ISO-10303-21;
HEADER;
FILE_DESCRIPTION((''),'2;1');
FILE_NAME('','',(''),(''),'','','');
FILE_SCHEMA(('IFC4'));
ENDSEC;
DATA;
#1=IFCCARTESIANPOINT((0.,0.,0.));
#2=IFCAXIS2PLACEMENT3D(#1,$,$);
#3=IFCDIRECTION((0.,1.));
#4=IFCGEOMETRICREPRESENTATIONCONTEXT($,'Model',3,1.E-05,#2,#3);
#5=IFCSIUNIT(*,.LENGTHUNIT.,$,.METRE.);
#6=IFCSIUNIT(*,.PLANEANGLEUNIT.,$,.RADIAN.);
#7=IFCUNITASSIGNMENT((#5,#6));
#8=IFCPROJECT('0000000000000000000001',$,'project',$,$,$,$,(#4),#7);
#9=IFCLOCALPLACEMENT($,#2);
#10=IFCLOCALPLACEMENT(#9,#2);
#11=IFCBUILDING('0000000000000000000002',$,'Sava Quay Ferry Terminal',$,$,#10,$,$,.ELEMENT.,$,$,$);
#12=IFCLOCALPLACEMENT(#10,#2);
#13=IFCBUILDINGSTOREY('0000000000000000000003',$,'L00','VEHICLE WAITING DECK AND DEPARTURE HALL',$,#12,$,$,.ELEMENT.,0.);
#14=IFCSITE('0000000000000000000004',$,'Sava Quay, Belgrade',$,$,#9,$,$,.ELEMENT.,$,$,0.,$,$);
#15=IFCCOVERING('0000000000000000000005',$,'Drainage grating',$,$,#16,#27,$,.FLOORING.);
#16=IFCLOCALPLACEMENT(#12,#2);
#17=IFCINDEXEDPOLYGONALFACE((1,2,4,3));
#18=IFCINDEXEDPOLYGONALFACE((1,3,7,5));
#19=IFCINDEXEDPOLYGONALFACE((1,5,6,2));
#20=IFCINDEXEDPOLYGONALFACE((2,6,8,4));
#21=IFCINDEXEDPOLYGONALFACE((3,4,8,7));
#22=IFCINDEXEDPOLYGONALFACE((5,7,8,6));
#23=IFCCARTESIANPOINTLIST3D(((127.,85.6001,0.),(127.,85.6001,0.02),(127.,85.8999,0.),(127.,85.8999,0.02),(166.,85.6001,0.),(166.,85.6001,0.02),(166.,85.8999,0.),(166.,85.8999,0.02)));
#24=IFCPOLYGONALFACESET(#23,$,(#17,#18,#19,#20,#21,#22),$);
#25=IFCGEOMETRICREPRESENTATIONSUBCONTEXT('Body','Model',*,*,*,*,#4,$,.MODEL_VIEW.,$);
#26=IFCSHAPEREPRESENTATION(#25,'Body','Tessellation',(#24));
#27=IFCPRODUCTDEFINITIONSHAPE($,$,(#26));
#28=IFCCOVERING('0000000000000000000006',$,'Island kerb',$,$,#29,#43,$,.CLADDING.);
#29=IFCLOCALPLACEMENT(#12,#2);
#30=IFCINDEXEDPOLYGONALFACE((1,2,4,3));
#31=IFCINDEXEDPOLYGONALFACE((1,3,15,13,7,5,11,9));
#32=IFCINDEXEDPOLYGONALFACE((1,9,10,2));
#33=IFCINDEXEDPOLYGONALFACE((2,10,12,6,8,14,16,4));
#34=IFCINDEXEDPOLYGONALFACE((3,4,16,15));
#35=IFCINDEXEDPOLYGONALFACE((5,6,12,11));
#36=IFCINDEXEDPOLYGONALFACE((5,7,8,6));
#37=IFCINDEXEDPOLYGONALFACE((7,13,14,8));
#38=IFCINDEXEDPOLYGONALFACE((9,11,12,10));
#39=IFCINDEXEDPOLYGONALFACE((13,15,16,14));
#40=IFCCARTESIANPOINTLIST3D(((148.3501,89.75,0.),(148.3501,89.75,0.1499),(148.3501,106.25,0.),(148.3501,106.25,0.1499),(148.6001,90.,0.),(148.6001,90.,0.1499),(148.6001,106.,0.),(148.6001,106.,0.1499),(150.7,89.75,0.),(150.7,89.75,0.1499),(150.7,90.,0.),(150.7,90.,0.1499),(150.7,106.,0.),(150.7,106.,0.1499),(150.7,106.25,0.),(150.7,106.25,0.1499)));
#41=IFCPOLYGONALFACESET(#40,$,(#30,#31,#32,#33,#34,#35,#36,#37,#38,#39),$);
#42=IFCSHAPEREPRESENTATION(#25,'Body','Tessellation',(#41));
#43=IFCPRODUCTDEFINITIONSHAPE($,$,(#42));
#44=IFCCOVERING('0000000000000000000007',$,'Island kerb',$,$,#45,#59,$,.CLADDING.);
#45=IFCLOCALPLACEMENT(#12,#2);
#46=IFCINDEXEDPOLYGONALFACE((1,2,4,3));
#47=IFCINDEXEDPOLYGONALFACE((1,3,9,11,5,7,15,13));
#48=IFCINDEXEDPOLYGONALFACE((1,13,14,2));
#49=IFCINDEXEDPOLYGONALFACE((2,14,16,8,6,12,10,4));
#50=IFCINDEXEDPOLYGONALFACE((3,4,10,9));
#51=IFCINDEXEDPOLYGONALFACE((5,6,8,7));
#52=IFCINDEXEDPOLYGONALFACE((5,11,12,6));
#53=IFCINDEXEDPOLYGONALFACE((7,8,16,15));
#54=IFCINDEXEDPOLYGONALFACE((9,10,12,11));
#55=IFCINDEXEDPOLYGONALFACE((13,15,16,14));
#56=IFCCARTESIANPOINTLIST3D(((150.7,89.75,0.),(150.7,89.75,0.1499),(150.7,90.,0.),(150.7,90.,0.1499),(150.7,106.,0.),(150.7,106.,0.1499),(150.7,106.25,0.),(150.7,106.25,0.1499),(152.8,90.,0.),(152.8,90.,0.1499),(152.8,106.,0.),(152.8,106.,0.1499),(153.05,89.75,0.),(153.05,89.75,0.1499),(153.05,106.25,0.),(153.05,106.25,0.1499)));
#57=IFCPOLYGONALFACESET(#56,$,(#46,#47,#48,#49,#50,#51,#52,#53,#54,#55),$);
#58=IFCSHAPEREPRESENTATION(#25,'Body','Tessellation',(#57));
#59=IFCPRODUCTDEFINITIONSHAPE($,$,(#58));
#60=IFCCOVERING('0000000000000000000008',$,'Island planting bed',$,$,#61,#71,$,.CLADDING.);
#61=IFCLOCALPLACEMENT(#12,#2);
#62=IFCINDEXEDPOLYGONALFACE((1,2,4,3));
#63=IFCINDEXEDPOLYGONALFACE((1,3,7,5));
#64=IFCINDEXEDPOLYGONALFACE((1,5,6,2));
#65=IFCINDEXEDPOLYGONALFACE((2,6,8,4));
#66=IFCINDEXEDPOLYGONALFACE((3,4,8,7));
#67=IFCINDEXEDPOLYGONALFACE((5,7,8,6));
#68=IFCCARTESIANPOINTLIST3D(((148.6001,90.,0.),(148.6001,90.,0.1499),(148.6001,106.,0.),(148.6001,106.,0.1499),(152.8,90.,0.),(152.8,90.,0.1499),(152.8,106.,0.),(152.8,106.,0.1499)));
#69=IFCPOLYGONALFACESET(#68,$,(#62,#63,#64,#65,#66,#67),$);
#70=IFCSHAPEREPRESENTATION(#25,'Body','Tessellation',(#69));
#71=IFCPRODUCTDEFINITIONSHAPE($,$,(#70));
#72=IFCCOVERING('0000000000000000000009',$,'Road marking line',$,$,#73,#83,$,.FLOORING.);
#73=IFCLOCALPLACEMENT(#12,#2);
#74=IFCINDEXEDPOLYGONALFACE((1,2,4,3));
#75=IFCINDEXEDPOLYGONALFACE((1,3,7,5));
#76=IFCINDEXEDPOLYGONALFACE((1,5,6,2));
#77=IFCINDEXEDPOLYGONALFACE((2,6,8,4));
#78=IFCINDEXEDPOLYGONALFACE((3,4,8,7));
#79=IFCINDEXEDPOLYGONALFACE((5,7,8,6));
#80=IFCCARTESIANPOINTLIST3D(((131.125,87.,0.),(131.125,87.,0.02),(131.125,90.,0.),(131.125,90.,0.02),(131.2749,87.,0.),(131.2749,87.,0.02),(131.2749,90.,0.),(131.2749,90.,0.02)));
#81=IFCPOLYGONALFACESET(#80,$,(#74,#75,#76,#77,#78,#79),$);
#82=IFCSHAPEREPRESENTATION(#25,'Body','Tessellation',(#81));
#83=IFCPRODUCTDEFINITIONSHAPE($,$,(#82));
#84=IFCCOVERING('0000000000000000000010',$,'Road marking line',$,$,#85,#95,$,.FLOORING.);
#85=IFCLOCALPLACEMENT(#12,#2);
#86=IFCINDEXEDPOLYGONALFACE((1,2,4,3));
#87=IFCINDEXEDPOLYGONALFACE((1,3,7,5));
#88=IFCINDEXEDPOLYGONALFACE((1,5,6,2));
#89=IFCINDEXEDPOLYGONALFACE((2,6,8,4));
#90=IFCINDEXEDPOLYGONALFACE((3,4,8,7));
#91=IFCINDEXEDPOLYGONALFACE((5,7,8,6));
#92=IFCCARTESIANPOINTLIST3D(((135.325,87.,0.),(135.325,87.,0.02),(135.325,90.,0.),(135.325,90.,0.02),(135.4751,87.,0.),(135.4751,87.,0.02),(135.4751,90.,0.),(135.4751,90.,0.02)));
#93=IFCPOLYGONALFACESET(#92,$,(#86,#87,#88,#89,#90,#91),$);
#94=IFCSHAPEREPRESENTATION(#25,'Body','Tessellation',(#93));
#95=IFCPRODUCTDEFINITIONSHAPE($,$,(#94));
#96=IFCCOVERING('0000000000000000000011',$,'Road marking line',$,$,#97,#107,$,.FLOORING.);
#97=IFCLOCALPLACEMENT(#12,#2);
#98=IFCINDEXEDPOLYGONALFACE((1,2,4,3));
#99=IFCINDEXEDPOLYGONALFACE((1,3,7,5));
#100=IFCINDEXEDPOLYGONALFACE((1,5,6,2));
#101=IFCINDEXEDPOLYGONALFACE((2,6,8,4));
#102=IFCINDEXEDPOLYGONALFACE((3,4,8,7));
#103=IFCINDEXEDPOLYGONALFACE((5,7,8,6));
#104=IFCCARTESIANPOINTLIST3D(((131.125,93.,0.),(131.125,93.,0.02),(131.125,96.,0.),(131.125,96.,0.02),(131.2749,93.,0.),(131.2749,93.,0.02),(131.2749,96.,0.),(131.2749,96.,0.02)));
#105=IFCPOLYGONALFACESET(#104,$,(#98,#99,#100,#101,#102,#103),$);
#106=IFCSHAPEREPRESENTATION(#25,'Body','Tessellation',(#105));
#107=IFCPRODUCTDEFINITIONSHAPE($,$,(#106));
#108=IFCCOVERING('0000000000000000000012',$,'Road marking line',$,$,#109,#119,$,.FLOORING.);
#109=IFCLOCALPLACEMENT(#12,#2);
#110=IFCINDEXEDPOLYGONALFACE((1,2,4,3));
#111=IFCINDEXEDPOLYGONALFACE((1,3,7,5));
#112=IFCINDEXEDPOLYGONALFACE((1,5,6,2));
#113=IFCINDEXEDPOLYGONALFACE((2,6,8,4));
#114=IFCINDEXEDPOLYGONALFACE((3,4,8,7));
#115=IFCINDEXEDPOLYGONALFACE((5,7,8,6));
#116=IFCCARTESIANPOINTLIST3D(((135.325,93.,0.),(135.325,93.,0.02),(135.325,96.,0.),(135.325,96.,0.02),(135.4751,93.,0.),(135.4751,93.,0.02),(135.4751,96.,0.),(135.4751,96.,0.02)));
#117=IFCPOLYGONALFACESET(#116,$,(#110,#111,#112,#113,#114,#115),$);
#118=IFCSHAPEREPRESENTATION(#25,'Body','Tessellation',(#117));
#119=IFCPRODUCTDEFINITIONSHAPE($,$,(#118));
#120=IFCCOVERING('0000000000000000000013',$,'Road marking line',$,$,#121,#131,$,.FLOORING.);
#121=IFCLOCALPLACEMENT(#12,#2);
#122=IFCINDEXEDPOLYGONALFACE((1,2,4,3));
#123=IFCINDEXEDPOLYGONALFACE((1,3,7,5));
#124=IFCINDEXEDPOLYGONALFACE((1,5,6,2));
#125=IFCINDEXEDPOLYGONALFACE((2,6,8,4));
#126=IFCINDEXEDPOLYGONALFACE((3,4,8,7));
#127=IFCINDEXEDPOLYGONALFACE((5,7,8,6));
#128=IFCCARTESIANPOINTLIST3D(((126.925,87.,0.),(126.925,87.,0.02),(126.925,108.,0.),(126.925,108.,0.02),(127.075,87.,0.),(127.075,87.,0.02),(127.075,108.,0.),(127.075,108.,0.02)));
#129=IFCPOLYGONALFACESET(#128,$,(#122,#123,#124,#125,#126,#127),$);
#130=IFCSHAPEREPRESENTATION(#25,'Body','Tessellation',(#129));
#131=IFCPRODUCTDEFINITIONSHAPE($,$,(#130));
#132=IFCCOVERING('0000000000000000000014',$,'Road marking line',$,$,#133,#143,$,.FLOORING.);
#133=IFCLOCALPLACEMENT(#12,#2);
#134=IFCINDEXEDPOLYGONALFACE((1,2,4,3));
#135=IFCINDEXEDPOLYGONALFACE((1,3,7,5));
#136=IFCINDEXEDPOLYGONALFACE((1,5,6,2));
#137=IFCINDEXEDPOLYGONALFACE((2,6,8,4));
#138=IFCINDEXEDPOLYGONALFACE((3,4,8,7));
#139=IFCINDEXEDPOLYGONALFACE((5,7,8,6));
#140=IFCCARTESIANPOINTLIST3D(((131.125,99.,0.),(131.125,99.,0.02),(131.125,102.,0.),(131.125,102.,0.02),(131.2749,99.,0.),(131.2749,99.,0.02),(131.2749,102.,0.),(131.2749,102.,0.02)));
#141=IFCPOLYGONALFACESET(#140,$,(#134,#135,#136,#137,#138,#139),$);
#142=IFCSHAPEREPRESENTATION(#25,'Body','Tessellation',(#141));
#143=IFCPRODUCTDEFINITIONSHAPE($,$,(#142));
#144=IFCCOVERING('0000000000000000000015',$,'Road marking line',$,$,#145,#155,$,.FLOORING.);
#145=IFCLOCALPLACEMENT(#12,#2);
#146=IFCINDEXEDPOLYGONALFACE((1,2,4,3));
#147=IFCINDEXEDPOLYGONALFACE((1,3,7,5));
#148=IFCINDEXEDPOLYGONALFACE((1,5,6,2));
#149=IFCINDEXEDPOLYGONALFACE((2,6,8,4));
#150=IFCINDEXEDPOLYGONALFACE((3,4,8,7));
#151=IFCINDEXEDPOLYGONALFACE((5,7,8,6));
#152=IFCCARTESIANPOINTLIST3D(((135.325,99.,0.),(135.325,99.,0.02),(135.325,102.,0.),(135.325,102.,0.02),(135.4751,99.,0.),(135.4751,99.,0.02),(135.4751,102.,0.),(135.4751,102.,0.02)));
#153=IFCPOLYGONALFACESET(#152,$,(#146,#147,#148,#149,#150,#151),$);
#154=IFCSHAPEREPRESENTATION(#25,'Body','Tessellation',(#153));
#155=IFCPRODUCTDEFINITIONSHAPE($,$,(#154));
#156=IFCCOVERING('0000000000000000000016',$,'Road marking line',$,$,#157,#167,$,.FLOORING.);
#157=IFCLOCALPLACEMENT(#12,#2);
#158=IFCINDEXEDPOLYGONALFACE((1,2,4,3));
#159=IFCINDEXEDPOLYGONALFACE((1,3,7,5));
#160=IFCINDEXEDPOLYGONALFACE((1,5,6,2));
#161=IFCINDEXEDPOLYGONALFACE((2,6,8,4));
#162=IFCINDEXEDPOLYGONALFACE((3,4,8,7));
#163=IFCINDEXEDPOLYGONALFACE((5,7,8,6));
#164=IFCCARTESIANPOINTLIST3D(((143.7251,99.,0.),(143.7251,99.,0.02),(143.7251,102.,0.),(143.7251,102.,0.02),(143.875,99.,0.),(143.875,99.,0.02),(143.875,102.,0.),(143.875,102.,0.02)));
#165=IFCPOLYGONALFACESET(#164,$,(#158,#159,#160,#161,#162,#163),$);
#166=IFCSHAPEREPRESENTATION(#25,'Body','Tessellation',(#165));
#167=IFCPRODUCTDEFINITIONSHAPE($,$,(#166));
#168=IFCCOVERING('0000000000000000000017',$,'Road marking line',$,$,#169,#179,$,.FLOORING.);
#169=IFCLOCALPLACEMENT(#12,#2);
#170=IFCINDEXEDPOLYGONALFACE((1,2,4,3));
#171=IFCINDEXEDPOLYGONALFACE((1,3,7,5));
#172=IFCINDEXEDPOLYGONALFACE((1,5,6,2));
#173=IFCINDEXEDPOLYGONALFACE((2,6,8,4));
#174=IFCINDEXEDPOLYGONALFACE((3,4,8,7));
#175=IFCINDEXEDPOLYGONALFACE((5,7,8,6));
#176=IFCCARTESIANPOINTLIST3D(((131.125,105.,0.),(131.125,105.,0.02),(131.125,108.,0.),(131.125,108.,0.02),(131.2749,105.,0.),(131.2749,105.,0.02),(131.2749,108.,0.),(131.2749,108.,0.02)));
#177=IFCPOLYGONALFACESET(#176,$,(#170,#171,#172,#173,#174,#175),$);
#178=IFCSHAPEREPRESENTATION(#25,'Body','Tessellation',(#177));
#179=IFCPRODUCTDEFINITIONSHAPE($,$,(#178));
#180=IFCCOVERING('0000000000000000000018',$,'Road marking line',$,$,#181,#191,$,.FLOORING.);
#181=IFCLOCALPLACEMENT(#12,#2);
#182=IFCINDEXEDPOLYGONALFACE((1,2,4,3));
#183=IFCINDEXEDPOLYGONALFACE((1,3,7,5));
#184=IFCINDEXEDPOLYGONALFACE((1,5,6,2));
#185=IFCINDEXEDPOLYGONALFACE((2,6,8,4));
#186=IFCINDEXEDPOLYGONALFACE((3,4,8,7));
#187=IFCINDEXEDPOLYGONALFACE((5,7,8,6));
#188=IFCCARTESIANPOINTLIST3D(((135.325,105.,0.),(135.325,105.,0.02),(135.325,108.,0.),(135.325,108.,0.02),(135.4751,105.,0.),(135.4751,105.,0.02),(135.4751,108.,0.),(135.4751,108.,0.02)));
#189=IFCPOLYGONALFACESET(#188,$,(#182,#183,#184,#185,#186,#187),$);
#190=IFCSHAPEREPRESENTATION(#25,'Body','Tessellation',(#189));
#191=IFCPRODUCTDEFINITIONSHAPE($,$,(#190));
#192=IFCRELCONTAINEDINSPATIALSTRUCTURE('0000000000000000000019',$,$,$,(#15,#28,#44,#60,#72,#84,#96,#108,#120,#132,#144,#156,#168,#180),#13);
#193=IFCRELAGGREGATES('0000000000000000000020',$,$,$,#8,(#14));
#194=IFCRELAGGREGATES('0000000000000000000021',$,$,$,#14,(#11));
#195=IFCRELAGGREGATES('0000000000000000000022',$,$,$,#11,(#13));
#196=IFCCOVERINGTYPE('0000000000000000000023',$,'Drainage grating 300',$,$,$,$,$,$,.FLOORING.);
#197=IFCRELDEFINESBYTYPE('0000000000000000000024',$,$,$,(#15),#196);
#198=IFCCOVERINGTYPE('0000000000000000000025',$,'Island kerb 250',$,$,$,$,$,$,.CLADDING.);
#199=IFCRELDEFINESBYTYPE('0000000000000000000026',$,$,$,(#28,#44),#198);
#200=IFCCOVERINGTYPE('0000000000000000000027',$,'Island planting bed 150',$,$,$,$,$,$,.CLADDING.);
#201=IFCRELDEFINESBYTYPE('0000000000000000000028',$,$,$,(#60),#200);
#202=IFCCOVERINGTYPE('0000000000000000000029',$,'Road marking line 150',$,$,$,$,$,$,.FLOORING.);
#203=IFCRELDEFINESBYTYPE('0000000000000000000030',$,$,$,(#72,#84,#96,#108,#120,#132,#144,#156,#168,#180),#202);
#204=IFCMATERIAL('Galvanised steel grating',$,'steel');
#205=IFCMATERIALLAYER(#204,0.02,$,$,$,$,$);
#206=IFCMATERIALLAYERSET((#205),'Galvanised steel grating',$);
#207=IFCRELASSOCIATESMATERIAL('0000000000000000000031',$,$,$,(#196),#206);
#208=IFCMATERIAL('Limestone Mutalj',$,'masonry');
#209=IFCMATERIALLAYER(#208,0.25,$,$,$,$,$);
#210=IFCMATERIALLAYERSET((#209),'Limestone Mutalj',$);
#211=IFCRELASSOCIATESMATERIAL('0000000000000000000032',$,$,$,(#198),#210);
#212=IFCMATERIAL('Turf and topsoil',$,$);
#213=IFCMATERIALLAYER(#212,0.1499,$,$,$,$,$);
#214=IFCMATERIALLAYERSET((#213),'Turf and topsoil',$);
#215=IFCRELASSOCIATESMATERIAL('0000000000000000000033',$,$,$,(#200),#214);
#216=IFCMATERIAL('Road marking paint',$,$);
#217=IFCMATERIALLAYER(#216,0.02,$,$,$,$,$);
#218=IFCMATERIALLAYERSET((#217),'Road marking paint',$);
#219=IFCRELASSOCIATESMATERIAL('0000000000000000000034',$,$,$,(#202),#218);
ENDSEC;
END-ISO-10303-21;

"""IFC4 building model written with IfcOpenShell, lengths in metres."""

from ifc_helpers import new_model, si_unit, direction, origin, place, context, subcontext, project, spatial, polyline, outline, extrude, material, layer, layer_set, type_object, element, save


model = new_model("IFC4")

# Units and contexts
model_context = context("Model", 3, precision=1e-05, world=origin(), true_north=direction((0.0, 1.0)))
body_context = subcontext(model_context, "Body", "Model", "MODEL_VIEW")
ifc_project = project(units=[si_unit("LENGTHUNIT", "METRE"), si_unit("PLANEANGLEUNIT", "RADIAN")], contexts=[model_context])

# Site, building, storey
site_placement = place(None, origin())
site = spatial("IfcSite", under=ifc_project, at=site_placement, Name="Sava Quay, Belgrade", CompositionType="ELEMENT", RefElevation=0.0)
building_placement = place(site_placement, origin())
building = spatial("IfcBuilding", under=site, at=building_placement, Name="Sava Quay Ferry Terminal", CompositionType="ELEMENT")
storey_placement = place(building_placement, origin())
storey = spatial("IfcBuildingStorey", under=building, at=storey_placement, Name="L00", Description="VEHICLE WAITING DECK AND DEPARTURE HALL", CompositionType="ELEMENT", Elevation=0.0)

# Coverings
ifc_material_1 = material(Name="Galvanised steel grating", Category="steel")
ifc_layer_1 = layer(ifc_material_1, 0.02)
ifc_layer_set_1 = layer_set([ifc_layer_1], Name="Galvanised steel grating")
covering_type_1 = type_object("IfcCoveringType", Name="Drainage grating 300", PredefinedType="FLOORING", material=ifc_layer_set_1)
covering_1_placement = place(storey_placement, origin())
element("IfcCovering", 1, at=covering_1_placement, inside=storey, type_object=covering_type_1, Name="Drainage grating", PredefinedType="FLOORING", context=body_context, shape_type="SweptSolid", body=[
    extrude(outline(polyline([(127.0, 85.8999), (127.0, 85.6001), (166.0, 85.6001), (166.0, 85.8999), (127.0, 85.8999)])), origin(), (0.0, 0.0, 1.0), 0.02),
])
ifc_material_2 = material(Name="Limestone Mutalj", Category="masonry")
ifc_layer_2 = layer(ifc_material_2, 0.25)
ifc_layer_set_2 = layer_set([ifc_layer_2], Name="Limestone Mutalj")
covering_type_2 = type_object("IfcCoveringType", Name="Island kerb 250", PredefinedType="CLADDING", material=ifc_layer_set_2)
covering_2_placement = place(storey_placement, origin())
element("IfcCovering", 2, at=covering_2_placement, inside=storey, type_object=covering_type_2, Name="Island kerb", PredefinedType="CLADDING", context=body_context, shape_type="SweptSolid", body=[
    extrude(outline(polyline([(148.3501, 89.75), (150.7, 89.75), (150.7, 90.0), (148.6001, 90.0), (148.6001, 106.0), (150.7, 106.0), (150.7, 106.25), (148.3501, 106.25), (148.3501, 89.75)])), origin(), (0.0, 0.0, 1.0), 0.1499),
])
covering_3_placement = place(storey_placement, origin())
element("IfcCovering", 3, at=covering_3_placement, inside=storey, type_object=covering_type_2, Name="Island kerb", PredefinedType="CLADDING", context=body_context, shape_type="SweptSolid", body=[
    extrude(outline(polyline([(153.05, 89.75), (153.05, 106.25), (150.7, 106.25), (150.7, 106.0), (152.8, 106.0), (152.8, 90.0), (150.7, 90.0), (150.7, 89.75), (153.05, 89.75)])), origin(), (0.0, 0.0, 1.0), 0.1499),
])
ifc_material_3 = material(Name="Turf and topsoil")
ifc_layer_3 = layer(ifc_material_3, 0.1499)
ifc_layer_set_3 = layer_set([ifc_layer_3], Name="Turf and topsoil")
covering_type_3 = type_object("IfcCoveringType", Name="Island planting bed 150", PredefinedType="CLADDING", material=ifc_layer_set_3)
covering_4_placement = place(storey_placement, origin())
element("IfcCovering", 4, at=covering_4_placement, inside=storey, type_object=covering_type_3, Name="Island planting bed", PredefinedType="CLADDING", context=body_context, shape_type="SweptSolid", body=[
    extrude(outline(polyline([(148.6001, 106.0), (148.6001, 90.0), (152.8, 90.0), (152.8, 106.0), (148.6001, 106.0)])), origin(), (0.0, 0.0, 1.0), 0.1499),
])
ifc_material_4 = material(Name="Road marking paint")
ifc_layer_4 = layer(ifc_material_4, 0.02)
ifc_layer_set_4 = layer_set([ifc_layer_4], Name="Road marking paint")
covering_type_4 = type_object("IfcCoveringType", Name="Road marking line 150", PredefinedType="FLOORING", material=ifc_layer_set_4)
covering_5_placement = place(storey_placement, origin())
element("IfcCovering", 5, at=covering_5_placement, inside=storey, type_object=covering_type_4, Name="Road marking line", PredefinedType="FLOORING", context=body_context, shape_type="SweptSolid", body=[
    extrude(outline(polyline([(131.2749, 87.0), (131.2749, 90.0), (131.125, 90.0), (131.125, 87.0), (131.2749, 87.0)])), origin(), (0.0, 0.0, 1.0), 0.02),
])
covering_6_placement = place(storey_placement, origin())
element("IfcCovering", 6, at=covering_6_placement, inside=storey, type_object=covering_type_4, Name="Road marking line", PredefinedType="FLOORING", context=body_context, shape_type="SweptSolid", body=[
    extrude(outline(polyline([(135.325, 87.0), (135.4751, 87.0), (135.4751, 90.0), (135.325, 90.0), (135.325, 87.0)])), origin(), (0.0, 0.0, 1.0), 0.02),
])
covering_7_placement = place(storey_placement, origin())
element("IfcCovering", 7, at=covering_7_placement, inside=storey, type_object=covering_type_4, Name="Road marking line", PredefinedType="FLOORING", context=body_context, shape_type="SweptSolid", body=[
    extrude(outline(polyline([(131.125, 93.0), (131.2749, 93.0), (131.2749, 96.0), (131.125, 96.0), (131.125, 93.0)])), origin(), (0.0, 0.0, 1.0), 0.02),
])
covering_8_placement = place(storey_placement, origin())
element("IfcCovering", 8, at=covering_8_placement, inside=storey, type_object=covering_type_4, Name="Road marking line", PredefinedType="FLOORING", context=body_context, shape_type="SweptSolid", body=[
    extrude(outline(polyline([(135.325, 93.0), (135.4751, 93.0), (135.4751, 96.0), (135.325, 96.0), (135.325, 93.0)])), origin(), (0.0, 0.0, 1.0), 0.02),
])
covering_9_placement = place(storey_placement, origin())
element("IfcCovering", 9, at=covering_9_placement, inside=storey, type_object=covering_type_4, Name="Road marking line", PredefinedType="FLOORING", context=body_context, shape_type="SweptSolid", body=[
    extrude(outline(polyline([(127.075, 108.0), (126.925, 108.0), (126.925, 87.0), (127.075, 87.0), (127.075, 108.0)])), origin(), (0.0, 0.0, 1.0), 0.02),
])
covering_10_placement = place(storey_placement, origin())
element("IfcCovering", 10, at=covering_10_placement, inside=storey, type_object=covering_type_4, Name="Road marking line", PredefinedType="FLOORING", context=body_context, shape_type="SweptSolid", body=[
    extrude(outline(polyline([(131.2749, 99.0), (131.2749, 102.0), (131.125, 102.0), (131.125, 99.0), (131.2749, 99.0)])), origin(), (0.0, 0.0, 1.0), 0.02),
])
covering_11_placement = place(storey_placement, origin())
element("IfcCovering", 11, at=covering_11_placement, inside=storey, type_object=covering_type_4, Name="Road marking line", PredefinedType="FLOORING", context=body_context, shape_type="SweptSolid", body=[
    extrude(outline(polyline([(135.325, 99.0), (135.4751, 99.0), (135.4751, 102.0), (135.325, 102.0), (135.325, 99.0)])), origin(), (0.0, 0.0, 1.0), 0.02),
])
covering_12_placement = place(storey_placement, origin())
element("IfcCovering", 12, at=covering_12_placement, inside=storey, type_object=covering_type_4, Name="Road marking line", PredefinedType="FLOORING", context=body_context, shape_type="SweptSolid", body=[
    extrude(outline(polyline([(143.7251, 99.0), (143.875, 99.0), (143.875, 102.0), (143.7251, 102.0), (143.7251, 99.0)])), origin(), (0.0, 0.0, 1.0), 0.02),
])
covering_13_placement = place(storey_placement, origin())
element("IfcCovering", 13, at=covering_13_placement, inside=storey, type_object=covering_type_4, Name="Road marking line", PredefinedType="FLOORING", context=body_context, shape_type="SweptSolid", body=[
    extrude(outline(polyline([(131.125, 105.0), (131.2749, 105.0), (131.2749, 108.0), (131.125, 108.0), (131.125, 105.0)])), origin(), (0.0, 0.0, 1.0), 0.02),
])
covering_14_placement = place(storey_placement, origin())
element("IfcCovering", 14, at=covering_14_placement, inside=storey, type_object=covering_type_4, Name="Road marking line", PredefinedType="FLOORING", context=body_context, shape_type="SweptSolid", body=[
    extrude(outline(polyline([(135.325, 105.0), (135.4751, 105.0), (135.4751, 108.0), (135.325, 108.0), (135.325, 105.0)])), origin(), (0.0, 0.0, 1.0), 0.02),
])

save(model, "model.ifc")
